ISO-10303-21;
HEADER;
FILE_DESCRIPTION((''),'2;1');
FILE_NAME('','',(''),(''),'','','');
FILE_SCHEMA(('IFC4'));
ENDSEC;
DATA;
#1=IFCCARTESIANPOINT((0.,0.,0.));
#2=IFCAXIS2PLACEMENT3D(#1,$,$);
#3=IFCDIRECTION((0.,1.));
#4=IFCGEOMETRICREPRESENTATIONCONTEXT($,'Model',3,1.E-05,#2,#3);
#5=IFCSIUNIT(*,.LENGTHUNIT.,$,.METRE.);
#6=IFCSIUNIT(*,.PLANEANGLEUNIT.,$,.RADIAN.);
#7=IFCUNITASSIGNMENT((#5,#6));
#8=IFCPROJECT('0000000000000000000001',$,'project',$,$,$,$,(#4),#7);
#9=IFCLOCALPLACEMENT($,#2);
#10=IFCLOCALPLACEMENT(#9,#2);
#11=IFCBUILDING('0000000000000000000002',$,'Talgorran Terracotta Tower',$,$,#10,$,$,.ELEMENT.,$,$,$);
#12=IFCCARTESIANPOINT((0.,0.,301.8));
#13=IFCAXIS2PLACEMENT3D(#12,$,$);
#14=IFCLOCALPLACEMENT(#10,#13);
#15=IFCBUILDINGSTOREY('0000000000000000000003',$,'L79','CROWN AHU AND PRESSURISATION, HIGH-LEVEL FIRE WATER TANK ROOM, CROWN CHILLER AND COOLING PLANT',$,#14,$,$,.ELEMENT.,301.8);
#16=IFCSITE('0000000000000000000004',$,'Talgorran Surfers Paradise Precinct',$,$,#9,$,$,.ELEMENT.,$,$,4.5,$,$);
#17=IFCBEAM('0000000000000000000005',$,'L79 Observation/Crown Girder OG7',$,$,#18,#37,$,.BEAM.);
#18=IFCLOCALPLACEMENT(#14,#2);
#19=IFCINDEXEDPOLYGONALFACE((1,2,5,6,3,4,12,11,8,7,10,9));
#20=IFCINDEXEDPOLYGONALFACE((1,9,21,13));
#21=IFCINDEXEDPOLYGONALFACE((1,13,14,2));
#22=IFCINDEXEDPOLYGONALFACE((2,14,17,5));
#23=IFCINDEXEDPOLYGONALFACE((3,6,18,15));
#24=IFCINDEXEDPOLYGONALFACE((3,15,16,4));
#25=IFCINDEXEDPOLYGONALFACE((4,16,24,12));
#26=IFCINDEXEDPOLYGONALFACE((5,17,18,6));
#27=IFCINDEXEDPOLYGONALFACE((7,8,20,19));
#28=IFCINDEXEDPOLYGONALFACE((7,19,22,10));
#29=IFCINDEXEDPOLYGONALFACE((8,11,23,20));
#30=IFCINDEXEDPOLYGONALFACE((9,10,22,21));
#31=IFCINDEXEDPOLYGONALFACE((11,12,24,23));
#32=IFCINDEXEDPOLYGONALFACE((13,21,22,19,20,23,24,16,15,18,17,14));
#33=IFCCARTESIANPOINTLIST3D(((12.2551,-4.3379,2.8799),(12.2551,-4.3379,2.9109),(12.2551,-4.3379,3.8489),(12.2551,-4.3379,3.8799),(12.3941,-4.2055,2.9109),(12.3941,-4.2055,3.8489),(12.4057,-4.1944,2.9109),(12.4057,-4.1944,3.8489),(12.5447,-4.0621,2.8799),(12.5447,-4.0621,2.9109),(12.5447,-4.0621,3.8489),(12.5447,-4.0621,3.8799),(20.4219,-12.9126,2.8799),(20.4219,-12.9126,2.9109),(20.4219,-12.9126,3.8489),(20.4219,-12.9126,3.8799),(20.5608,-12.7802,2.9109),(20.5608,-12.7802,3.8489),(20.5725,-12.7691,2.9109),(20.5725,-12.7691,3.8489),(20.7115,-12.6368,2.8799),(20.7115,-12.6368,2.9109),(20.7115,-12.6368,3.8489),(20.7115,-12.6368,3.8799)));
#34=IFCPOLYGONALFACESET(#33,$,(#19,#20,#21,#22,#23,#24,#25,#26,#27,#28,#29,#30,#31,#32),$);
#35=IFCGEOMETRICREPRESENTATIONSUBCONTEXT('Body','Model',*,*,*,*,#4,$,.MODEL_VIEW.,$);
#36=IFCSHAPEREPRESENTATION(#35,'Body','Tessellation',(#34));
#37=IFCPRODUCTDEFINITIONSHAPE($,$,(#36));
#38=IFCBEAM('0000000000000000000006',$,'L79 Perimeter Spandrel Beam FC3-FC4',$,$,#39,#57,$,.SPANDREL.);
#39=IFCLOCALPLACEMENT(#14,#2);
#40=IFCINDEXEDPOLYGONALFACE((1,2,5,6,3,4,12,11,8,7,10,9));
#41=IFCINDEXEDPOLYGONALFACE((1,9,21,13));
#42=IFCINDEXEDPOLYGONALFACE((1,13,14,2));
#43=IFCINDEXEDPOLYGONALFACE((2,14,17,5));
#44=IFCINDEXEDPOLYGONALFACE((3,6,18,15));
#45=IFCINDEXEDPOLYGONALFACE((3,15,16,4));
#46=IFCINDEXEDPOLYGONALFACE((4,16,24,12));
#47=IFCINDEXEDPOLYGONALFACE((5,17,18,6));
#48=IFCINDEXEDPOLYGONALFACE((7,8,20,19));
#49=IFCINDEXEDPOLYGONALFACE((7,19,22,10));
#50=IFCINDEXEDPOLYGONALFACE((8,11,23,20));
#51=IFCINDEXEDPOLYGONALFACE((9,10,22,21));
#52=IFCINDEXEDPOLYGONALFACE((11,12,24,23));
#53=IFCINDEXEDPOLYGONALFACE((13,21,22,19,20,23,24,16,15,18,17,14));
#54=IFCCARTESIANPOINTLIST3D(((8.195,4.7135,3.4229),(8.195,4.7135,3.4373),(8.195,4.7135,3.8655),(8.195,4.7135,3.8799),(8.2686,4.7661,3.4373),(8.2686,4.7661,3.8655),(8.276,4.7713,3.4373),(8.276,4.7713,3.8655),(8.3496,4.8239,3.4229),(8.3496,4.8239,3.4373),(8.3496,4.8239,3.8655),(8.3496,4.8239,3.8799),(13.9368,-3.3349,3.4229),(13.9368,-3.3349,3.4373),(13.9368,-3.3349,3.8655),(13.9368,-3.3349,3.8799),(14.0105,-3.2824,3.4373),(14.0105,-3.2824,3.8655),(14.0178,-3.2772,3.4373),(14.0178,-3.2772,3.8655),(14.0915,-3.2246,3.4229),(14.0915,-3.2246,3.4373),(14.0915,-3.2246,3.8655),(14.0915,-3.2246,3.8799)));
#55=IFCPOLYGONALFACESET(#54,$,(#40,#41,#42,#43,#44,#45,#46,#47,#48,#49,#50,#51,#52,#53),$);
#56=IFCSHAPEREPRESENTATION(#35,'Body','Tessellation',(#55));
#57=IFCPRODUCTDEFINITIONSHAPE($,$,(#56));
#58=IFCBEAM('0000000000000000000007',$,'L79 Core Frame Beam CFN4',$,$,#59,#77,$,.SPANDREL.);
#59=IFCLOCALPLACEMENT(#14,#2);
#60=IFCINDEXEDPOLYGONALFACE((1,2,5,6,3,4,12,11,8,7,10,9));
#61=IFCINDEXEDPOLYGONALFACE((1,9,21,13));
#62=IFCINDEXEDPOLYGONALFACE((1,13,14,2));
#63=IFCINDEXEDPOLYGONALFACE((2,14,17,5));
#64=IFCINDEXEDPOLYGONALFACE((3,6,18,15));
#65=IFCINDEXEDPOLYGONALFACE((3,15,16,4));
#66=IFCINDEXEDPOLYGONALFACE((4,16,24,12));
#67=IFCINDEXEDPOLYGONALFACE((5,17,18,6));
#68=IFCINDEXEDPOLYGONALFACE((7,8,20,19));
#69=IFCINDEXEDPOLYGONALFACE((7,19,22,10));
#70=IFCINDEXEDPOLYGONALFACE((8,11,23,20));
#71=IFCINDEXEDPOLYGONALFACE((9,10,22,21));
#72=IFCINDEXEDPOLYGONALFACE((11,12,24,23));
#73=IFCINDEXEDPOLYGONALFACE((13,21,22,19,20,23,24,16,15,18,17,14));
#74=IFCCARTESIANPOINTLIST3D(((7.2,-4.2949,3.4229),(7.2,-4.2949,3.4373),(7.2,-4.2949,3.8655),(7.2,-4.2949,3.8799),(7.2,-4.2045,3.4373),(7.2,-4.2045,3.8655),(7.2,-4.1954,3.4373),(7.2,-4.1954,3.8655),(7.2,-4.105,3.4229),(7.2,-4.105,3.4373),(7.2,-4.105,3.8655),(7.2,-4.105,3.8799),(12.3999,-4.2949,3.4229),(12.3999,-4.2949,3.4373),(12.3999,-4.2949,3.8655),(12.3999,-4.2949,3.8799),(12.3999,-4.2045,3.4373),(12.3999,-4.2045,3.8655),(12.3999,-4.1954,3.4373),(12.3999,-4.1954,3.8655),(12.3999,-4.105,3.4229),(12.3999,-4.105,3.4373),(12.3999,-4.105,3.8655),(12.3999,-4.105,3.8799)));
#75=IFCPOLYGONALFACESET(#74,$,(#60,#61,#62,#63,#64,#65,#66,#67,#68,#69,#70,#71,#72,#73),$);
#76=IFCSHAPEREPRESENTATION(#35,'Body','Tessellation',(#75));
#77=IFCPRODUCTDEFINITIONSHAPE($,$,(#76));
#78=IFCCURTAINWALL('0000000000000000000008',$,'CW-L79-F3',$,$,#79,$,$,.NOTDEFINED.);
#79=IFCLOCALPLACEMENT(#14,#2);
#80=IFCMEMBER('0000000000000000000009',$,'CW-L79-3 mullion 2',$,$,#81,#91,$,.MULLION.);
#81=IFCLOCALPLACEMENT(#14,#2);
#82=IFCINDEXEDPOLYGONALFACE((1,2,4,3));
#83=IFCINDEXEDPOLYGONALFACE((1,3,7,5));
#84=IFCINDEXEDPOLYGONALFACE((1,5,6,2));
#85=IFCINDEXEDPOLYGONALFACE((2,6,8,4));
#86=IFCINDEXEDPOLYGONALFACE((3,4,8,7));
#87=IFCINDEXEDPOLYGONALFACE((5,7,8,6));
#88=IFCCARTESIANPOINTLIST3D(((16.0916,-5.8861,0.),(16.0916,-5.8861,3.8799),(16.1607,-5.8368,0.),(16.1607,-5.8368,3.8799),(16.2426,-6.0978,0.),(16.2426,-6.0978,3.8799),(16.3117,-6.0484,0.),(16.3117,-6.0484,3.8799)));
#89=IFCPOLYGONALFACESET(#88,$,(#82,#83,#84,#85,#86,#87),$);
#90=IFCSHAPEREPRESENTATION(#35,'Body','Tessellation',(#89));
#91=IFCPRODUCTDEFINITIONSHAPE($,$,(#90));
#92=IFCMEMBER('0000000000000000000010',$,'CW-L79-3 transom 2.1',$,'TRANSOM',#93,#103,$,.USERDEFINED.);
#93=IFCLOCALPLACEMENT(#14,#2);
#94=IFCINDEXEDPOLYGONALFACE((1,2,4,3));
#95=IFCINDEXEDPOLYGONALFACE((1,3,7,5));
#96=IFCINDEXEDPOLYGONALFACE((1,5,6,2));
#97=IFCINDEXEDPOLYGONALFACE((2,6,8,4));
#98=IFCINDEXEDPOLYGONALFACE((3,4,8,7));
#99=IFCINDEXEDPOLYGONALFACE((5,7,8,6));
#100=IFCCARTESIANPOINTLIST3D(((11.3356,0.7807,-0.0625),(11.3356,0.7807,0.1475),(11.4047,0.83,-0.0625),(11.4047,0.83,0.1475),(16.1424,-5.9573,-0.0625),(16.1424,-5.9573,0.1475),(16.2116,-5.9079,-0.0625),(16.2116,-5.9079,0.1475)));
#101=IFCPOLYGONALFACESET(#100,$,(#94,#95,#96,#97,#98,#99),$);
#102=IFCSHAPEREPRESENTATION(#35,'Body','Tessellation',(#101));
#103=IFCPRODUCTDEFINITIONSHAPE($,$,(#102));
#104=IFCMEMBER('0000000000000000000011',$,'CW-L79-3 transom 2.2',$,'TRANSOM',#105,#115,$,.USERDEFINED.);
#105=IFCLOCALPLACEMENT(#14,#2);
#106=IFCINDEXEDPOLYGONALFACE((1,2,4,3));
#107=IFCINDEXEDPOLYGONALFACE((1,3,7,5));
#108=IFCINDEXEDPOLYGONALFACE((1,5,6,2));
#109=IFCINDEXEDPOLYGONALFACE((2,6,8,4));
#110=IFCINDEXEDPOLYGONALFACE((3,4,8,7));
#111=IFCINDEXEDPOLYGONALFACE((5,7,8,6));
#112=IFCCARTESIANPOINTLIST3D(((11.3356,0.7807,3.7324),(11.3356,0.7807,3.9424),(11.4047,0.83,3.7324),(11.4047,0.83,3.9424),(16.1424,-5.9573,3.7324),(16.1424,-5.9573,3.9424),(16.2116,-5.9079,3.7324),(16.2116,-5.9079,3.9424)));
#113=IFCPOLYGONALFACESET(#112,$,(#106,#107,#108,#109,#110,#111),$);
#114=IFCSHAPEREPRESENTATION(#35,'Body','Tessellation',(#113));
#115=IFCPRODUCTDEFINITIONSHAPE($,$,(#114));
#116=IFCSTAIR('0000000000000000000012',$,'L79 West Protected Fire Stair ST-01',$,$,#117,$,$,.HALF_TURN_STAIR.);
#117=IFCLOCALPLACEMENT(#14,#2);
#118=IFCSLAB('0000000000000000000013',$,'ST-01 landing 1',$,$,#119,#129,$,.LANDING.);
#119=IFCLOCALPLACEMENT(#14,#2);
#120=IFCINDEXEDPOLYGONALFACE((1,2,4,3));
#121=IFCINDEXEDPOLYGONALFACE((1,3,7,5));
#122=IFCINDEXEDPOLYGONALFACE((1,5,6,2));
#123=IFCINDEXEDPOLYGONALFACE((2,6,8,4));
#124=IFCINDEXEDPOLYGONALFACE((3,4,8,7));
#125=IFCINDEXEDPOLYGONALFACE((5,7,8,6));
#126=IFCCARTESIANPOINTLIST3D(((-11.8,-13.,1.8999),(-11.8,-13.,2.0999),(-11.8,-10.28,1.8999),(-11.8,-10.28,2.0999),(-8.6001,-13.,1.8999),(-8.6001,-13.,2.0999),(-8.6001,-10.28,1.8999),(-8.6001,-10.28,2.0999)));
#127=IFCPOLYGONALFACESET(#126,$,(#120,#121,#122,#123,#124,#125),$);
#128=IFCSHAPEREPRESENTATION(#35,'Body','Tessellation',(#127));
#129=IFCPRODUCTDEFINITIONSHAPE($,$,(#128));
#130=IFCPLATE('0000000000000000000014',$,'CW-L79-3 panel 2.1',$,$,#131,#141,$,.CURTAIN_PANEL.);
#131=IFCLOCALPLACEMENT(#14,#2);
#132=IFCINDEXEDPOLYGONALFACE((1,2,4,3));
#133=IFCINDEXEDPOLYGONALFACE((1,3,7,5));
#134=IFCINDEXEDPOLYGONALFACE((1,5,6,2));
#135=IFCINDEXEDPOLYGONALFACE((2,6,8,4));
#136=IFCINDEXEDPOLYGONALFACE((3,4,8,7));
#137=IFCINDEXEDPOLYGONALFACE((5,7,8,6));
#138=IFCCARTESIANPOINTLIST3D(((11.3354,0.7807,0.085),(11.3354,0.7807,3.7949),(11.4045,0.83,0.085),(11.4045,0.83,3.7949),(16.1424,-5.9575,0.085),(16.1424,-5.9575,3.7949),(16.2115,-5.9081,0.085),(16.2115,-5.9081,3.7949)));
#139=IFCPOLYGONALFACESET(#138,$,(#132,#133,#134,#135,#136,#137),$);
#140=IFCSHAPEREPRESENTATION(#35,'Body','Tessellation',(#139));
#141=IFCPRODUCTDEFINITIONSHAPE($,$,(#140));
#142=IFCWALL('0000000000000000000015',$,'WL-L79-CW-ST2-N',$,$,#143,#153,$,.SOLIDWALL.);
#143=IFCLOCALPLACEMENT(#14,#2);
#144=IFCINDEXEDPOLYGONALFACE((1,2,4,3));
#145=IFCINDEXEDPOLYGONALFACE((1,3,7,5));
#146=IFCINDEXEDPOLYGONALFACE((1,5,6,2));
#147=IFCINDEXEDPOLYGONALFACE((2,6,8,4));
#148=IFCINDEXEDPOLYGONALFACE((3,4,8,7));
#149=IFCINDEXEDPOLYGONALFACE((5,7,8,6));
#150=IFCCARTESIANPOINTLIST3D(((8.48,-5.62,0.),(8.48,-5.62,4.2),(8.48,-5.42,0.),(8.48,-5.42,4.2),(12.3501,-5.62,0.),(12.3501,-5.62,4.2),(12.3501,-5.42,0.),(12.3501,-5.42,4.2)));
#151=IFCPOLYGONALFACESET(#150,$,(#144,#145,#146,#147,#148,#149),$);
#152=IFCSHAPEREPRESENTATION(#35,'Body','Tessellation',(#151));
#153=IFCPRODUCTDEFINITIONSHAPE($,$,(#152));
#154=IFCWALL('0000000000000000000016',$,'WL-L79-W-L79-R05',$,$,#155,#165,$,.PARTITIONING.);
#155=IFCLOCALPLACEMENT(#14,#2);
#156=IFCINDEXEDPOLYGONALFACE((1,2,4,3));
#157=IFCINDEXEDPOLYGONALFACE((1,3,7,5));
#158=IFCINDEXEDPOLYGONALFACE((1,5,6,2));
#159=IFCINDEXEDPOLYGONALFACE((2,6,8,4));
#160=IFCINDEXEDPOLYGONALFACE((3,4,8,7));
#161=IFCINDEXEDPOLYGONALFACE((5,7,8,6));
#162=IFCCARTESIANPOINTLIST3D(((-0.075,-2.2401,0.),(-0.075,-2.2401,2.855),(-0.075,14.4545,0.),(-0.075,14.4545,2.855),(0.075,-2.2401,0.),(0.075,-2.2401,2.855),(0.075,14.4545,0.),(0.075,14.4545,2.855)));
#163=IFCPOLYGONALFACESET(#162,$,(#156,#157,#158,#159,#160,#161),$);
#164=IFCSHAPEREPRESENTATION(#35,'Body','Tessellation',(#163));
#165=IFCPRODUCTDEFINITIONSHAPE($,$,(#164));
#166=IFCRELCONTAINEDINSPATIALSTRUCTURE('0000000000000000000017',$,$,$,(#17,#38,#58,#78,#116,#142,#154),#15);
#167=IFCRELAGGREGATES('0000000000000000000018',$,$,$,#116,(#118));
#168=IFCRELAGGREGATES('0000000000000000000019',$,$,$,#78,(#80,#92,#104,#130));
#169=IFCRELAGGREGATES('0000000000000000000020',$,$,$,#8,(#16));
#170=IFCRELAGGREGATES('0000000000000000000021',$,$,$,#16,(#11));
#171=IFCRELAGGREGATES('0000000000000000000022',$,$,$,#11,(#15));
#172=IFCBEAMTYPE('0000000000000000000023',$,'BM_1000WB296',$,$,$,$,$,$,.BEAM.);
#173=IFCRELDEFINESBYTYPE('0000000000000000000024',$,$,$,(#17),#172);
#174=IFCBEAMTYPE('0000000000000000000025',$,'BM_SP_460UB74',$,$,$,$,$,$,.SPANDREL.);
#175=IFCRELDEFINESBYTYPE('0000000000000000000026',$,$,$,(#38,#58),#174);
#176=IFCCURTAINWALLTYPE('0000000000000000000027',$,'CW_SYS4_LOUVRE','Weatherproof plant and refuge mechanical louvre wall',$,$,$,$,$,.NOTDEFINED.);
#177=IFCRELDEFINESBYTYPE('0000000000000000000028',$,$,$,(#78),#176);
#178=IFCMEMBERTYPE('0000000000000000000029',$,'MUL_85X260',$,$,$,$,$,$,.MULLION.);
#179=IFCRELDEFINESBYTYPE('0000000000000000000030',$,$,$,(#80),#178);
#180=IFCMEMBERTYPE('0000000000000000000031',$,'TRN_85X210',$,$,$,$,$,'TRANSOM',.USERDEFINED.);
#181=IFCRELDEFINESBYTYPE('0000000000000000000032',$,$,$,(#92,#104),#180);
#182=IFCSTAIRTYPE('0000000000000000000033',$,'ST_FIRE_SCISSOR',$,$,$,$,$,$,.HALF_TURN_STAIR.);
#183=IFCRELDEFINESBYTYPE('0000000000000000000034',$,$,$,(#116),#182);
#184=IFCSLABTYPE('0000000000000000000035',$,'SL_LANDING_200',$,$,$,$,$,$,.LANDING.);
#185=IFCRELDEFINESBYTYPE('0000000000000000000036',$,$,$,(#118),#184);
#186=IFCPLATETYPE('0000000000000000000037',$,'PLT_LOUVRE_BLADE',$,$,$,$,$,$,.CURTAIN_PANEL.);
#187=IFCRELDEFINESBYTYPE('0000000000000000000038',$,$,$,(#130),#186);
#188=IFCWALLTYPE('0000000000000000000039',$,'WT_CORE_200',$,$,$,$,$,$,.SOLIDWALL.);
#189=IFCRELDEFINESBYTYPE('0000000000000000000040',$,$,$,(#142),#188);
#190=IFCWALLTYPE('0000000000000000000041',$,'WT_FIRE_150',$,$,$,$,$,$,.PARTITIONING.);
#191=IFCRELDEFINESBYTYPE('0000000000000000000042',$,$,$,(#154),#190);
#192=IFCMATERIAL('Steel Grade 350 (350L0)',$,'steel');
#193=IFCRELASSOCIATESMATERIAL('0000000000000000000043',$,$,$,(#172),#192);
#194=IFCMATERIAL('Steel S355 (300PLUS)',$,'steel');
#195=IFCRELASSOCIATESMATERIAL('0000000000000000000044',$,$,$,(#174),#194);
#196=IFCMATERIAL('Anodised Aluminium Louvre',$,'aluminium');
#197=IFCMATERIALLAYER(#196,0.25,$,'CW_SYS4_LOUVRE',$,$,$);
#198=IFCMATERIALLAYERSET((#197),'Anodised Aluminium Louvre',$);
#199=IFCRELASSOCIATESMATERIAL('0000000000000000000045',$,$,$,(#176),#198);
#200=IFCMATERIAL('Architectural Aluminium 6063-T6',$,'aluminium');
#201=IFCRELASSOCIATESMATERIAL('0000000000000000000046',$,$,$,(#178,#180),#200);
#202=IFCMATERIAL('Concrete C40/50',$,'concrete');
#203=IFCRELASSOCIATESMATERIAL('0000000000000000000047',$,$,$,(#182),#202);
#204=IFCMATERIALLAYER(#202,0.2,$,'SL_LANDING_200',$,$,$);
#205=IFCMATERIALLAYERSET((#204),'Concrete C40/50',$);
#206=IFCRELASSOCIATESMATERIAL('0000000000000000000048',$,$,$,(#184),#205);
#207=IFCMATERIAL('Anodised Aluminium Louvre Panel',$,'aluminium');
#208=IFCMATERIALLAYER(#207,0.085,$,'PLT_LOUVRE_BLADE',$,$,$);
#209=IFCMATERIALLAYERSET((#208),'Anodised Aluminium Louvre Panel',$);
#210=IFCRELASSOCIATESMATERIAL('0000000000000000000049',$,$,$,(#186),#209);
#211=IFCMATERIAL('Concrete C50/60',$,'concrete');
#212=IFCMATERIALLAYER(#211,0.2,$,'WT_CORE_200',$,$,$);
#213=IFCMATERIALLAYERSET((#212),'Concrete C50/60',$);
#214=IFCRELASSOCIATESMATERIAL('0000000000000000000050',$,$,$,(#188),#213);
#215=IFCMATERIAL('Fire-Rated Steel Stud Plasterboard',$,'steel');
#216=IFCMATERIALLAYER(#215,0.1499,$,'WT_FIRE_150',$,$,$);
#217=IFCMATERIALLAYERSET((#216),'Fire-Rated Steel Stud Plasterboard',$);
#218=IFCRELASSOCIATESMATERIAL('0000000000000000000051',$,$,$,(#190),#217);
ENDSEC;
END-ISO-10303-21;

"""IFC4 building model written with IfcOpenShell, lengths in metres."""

from ifc_helpers import new_model, si_unit, direction, frame, frame_2d, origin, origin_2d, place, context, subcontext, project, spatial, polyline, rectangle, i_section, outline, extrude, source, transform, mapped, material, layer, layer_set, material_profile, profile_set, type_object, type_shapes, element, aggregate, save


model = new_model("IFC4")

# Units and contexts
model_context = context("Model", 3, precision=1e-05, world=origin(), true_north=direction((0.0, 1.0)))
body_context = subcontext(model_context, "Body", "Model", "MODEL_VIEW")
ifc_project = project(units=[si_unit("LENGTHUNIT", "METRE"), si_unit("PLANEANGLEUNIT", "RADIAN")], contexts=[model_context])

# Site, building, storey
site_placement = place(None, origin())
site = spatial("IfcSite", under=ifc_project, at=site_placement, Name="Talgorran Surfers Paradise Precinct", CompositionType="ELEMENT", RefElevation=4.5)
building_placement = place(site_placement, origin())
building = spatial("IfcBuilding", under=site, at=building_placement, Name="Talgorran Terracotta Tower", CompositionType="ELEMENT")
storey_placement = place(building_placement, frame((0.0, 0.0, 301.8)))
storey = spatial("IfcBuildingStorey", under=building, at=storey_placement, Name="L79", Description="CROWN AHU AND PRESSURISATION, HIGH-LEVEL FIRE WATER TANK ROOM, CROWN CHILLER AND COOLING PLANT", CompositionType="ELEMENT", Elevation=301.8)

# Shared definitions
ifc_material_1 = material(Name="Steel S355 (300PLUS)", Category="steel")

# Beams
ifc_material_2 = material(Name="Steel Grade 350 (350L0)", Category="steel")
ifc_material_profile_1 = material_profile(ifc_material_2, i_section(OverallWidth=0.3999, OverallDepth=1.0, WebThickness=0.0161, FlangeThickness=0.031, at=origin_2d()), Name="1000WB296")
ifc_profile_set_1 = profile_set([ifc_material_profile_1], Name="Steel Grade 350 (350L0)")
beam_type_1 = type_object("IfcBeamType", Name="BM_1000WB296", PredefinedType="BEAM", material=ifc_profile_set_1)
beam_1_placement = place(storey_placement, frame((12.3999, -4.2, 3.3799), z_axis=(0.689671, -0.724123, 0.0), x_axis=(0.724123, 0.689671, 0.0)))
element("IfcBeam", 1, at=beam_1_placement, inside=storey, type_object=beam_type_1, Name="L79 Observation/Crown Girder OG7", PredefinedType="BEAM", context=body_context, shape_type="SweptSolid", body=[
    extrude(i_section(OverallWidth=0.3999, OverallDepth=1.0, WebThickness=0.0161, FlangeThickness=0.031, at=origin_2d()), origin(), (0.0, 0.0, 1.0), 11.8416),
])
ifc_material_profile_2 = material_profile(ifc_material_1, i_section(OverallWidth=0.1899, OverallDepth=0.457, WebThickness=0.009, FlangeThickness=0.0144, at=origin_2d()), Name="460UB74.6")
ifc_profile_set_2 = profile_set([ifc_material_profile_2], Name="Steel S355 (300PLUS)")
beam_type_2 = type_object("IfcBeamType", Name="BM_SP_460UB74", PredefinedType="SPANDREL", material=ifc_profile_set_2)
beam_2_placement = place(storey_placement, frame((14.0142, -3.2798, 3.6514), z_axis=(-0.580766, 0.81407, 0.0), x_axis=(-0.81407, -0.580766, 0.0)))
element("IfcBeam", 2, at=beam_2_placement, inside=storey, type_object=beam_type_2, Name="L79 Perimeter Spandrel Beam FC3-FC4", PredefinedType="SPANDREL", context=body_context, shape_type="SweptSolid", body=[
    extrude(i_section(OverallWidth=0.1899, OverallDepth=0.457, WebThickness=0.009, FlangeThickness=0.0144, at=origin_2d()), origin(), (0.0, 0.0, 1.0), 9.8867),
])
beam_3_placement = place(storey_placement, frame((7.2, -4.2, 3.6514), z_axis=(1.0, 0.0, 0.0), x_axis=(0.0, 1.0, 0.0)))
element("IfcBeam", 3, at=beam_3_placement, inside=storey, type_object=beam_type_2, Name="L79 Core Frame Beam CFN4", PredefinedType="SPANDREL", context=body_context, shape_type="SweptSolid", body=[
    extrude(i_section(OverallWidth=0.1899, OverallDepth=0.457, WebThickness=0.009, FlangeThickness=0.0144, at=origin_2d()), origin(), (0.0, 0.0, 1.0), 5.2),
])

# Curtain wall, members
ifc_material_3 = material(Name="Anodised Aluminium Louvre", Category="aluminium")
ifc_layer_1 = layer(ifc_material_3, 0.25, Name="CW_SYS4_LOUVRE")
ifc_layer_set_1 = layer_set([ifc_layer_1], Name="Anodised Aluminium Louvre")
curtain_wall_type = type_object("IfcCurtainWallType", Name="CW_SYS4_LOUVRE", Description="Weatherproof plant and refuge mechanical louvre wall", PredefinedType="NOTDEFINED", material=ifc_layer_set_1)
curtain_wall_placement = place(storey_placement, origin())
curtain_wall = element("IfcCurtainWall", 4, at=curtain_wall_placement, inside=storey, type_object=curtain_wall_type, Name="CW-L79-F3", PredefinedType="NOTDEFINED")
ifc_material_4 = material(Name="Architectural Aluminium 6063-T6", Category="aluminium")
ifc_material_profile_3 = material_profile(ifc_material_4, rectangle(XDim=0.085, YDim=0.26, at=origin_2d()), Name="CWM85X260")
ifc_profile_set_3 = profile_set([ifc_material_profile_3], Name="Architectural Aluminium 6063-T6")
member_type_1 = type_object("IfcMemberType", Name="MUL_85X260", PredefinedType="MULLION", material=ifc_profile_set_3)
member_1_placement = place(storey_placement, frame((16.2017, -5.9673, 0.0), z_axis=(0.0, 0.0, 1.0), x_axis=(-0.814076, -0.580758, 0.0)))
member_1 = element("IfcMember", 5, at=member_1_placement, type_object=member_type_1, Name="CW-L79-3 mullion 2", PredefinedType="MULLION", context=body_context, shape_type="SweptSolid", body=[
    extrude(rectangle(XDim=0.085, YDim=0.26, at=origin_2d()), origin(), (0.0, 0.0, 1.0), 3.8799),
])
ifc_material_profile_4 = material_profile(ifc_material_4, rectangle(XDim=0.085, YDim=0.21, at=origin_2d()), Name="CWT85X210")
ifc_profile_set_4 = profile_set([ifc_material_profile_4], Name="Architectural Aluminium 6063-T6")
member_type_2 = type_object("IfcMemberType", Name="TRN_85X210", ElementType="TRANSOM", PredefinedType="USERDEFINED", material=ifc_profile_set_4)
member_2_placement = place(storey_placement, frame((16.177, -5.9326, 0.0425), z_axis=(-0.580758, 0.814076, 0.0), x_axis=(-0.814076, -0.580758, 0.0)))
member_2 = element("IfcMember", 6, at=member_2_placement, type_object=member_type_2, Name="CW-L79-3 transom 2.1", ObjectType="TRANSOM", PredefinedType="USERDEFINED", context=body_context, shape_type="SweptSolid", body=[
    extrude(rectangle(XDim=0.085, YDim=0.21, at=origin_2d()), origin(), (0.0, 0.0, 1.0), 8.2769),
])
member_3_placement = place(storey_placement, frame((16.177, -5.9326, 3.8374), z_axis=(-0.580758, 0.814076, 0.0), x_axis=(-0.814076, -0.580758, 0.0)))
member_3 = element("IfcMember", 7, at=member_3_placement, type_object=member_type_2, Name="CW-L79-3 transom 2.2", ObjectType="TRANSOM", PredefinedType="USERDEFINED", context=body_context, shape_type="SweptSolid", body=[
    extrude(rectangle(XDim=0.085, YDim=0.21, at=origin_2d()), origin(), (0.0, 0.0, 1.0), 8.2769),
])

# Stair, slab
ifc_material_5 = material(Name="Concrete C40/50", Category="concrete")
stair_type = type_object("IfcStairType", Name="ST_FIRE_SCISSOR", PredefinedType="HALF_TURN_STAIR", material=ifc_material_5)
stair_1_placement = place(storey_placement, origin())
stair_1 = element("IfcStair", 8, at=stair_1_placement, inside=storey, type_object=stair_type, Name="L79 West Protected Fire Stair ST-01", PredefinedType="HALF_TURN_STAIR")
ifc_layer_2 = layer(ifc_material_5, 0.2, Name="SL_LANDING_200")
ifc_layer_set_2 = layer_set([ifc_layer_2], Name="Concrete C40/50")
slab_type = type_object("IfcSlabType", Name="SL_LANDING_200", PredefinedType="LANDING", material=ifc_layer_set_2)
slab_placement = place(storey_placement, frame((0.0, 0.0, 1.8999)))
slab = element("IfcSlab", 9, at=slab_placement, type_object=slab_type, Name="ST-01 landing 1", PredefinedType="LANDING", context=body_context, shape_type="SweptSolid", body=[
    extrude(outline(polyline([(-11.8, -10.28), (-11.8, -13.0), (-8.6001, -13.0), (-8.6001, -10.28), (-11.8, -10.28)])), origin(), (0.0, 0.0, 1.0), 0.2),
])
aggregate(stair_1, [slab])

# Plate
ifc_material_6 = material(Name="Anodised Aluminium Louvre Panel", Category="aluminium")
ifc_layer_3 = layer(ifc_material_6, 0.085, Name="PLT_LOUVRE_BLADE")
ifc_layer_set_3 = layer_set([ifc_layer_3], Name="Anodised Aluminium Louvre Panel")
plate_type = type_object("IfcPlateType", Name="PLT_LOUVRE_BLADE", PredefinedType="CURTAIN_PANEL", material=ifc_layer_set_3)
shared_shape = source(origin(), body_context, "Body", "SweptSolid", [
    extrude(rectangle(XDim=8.2771, YDim=0.085, at=origin_2d()), origin(), (0.0, 0.0, 1.0), 3.71),
])
type_shapes(plate_type, [shared_shape])
plate_placement = place(storey_placement, frame((13.7734, -2.5637, 0.085), z_axis=(0.0, 0.0, 1.0), x_axis=(-0.580758, 0.814076, 0.0)))
plate = element("IfcPlate", 10, at=plate_placement, type_object=plate_type, Name="CW-L79-3 panel 2.1", PredefinedType="CURTAIN_PANEL", context=body_context, shape_type="MappedRepresentation", body=[
    mapped(shared_shape, transform((0.0, 0.0, 0.0), scale=1.0)),
])
aggregate(curtain_wall, [member_1, member_2, member_3, plate])

# Walls
ifc_material_7 = material(Name="Concrete C50/60", Category="concrete")
ifc_layer_4 = layer(ifc_material_7, 0.2, Name="WT_CORE_200")
ifc_layer_set_4 = layer_set([ifc_layer_4], Name="Concrete C50/60")
wall_type_1 = type_object("IfcWallType", Name="WT_CORE_200", PredefinedType="SOLIDWALL", material=ifc_layer_set_4)
wall_1_placement = place(storey_placement, frame((8.48, -5.52, 0.0), z_axis=(0.0, 0.0, 1.0), x_axis=(1.0, 0.0, 0.0)))
element("IfcWall", 11, at=wall_1_placement, inside=storey, type_object=wall_type_1, Name="WL-L79-CW-ST2-N", PredefinedType="SOLIDWALL", context=body_context, shape_type="SweptSolid", body=[
    extrude(rectangle(XDim=3.8701, YDim=0.2, at=frame_2d((1.9351, 0.0))), origin(), (0.0, 0.0, 1.0), 4.2),
])
ifc_material_8 = material(Name="Fire-Rated Steel Stud Plasterboard", Category="steel")
ifc_layer_5 = layer(ifc_material_8, 0.1499, Name="WT_FIRE_150")
ifc_layer_set_5 = layer_set([ifc_layer_5], Name="Fire-Rated Steel Stud Plasterboard")
wall_type_2 = type_object("IfcWallType", Name="WT_FIRE_150", PredefinedType="PARTITIONING", material=ifc_layer_set_5)
wall_2_placement = place(storey_placement, frame((0.0, -2.24, 0.0), z_axis=(0.0, 0.0, 1.0), x_axis=(0.0, 1.0, 0.0)))
element("IfcWall", 12, at=wall_2_placement, inside=storey, type_object=wall_type_2, Name="WL-L79-W-L79-R05", PredefinedType="PARTITIONING", context=body_context, shape_type="SweptSolid", body=[
    extrude(rectangle(XDim=16.6946, YDim=0.1499, at=frame_2d((8.3472, 0.0))), origin(), (0.0, 0.0, 1.0), 2.855),
])

save(model, "model.ifc")
